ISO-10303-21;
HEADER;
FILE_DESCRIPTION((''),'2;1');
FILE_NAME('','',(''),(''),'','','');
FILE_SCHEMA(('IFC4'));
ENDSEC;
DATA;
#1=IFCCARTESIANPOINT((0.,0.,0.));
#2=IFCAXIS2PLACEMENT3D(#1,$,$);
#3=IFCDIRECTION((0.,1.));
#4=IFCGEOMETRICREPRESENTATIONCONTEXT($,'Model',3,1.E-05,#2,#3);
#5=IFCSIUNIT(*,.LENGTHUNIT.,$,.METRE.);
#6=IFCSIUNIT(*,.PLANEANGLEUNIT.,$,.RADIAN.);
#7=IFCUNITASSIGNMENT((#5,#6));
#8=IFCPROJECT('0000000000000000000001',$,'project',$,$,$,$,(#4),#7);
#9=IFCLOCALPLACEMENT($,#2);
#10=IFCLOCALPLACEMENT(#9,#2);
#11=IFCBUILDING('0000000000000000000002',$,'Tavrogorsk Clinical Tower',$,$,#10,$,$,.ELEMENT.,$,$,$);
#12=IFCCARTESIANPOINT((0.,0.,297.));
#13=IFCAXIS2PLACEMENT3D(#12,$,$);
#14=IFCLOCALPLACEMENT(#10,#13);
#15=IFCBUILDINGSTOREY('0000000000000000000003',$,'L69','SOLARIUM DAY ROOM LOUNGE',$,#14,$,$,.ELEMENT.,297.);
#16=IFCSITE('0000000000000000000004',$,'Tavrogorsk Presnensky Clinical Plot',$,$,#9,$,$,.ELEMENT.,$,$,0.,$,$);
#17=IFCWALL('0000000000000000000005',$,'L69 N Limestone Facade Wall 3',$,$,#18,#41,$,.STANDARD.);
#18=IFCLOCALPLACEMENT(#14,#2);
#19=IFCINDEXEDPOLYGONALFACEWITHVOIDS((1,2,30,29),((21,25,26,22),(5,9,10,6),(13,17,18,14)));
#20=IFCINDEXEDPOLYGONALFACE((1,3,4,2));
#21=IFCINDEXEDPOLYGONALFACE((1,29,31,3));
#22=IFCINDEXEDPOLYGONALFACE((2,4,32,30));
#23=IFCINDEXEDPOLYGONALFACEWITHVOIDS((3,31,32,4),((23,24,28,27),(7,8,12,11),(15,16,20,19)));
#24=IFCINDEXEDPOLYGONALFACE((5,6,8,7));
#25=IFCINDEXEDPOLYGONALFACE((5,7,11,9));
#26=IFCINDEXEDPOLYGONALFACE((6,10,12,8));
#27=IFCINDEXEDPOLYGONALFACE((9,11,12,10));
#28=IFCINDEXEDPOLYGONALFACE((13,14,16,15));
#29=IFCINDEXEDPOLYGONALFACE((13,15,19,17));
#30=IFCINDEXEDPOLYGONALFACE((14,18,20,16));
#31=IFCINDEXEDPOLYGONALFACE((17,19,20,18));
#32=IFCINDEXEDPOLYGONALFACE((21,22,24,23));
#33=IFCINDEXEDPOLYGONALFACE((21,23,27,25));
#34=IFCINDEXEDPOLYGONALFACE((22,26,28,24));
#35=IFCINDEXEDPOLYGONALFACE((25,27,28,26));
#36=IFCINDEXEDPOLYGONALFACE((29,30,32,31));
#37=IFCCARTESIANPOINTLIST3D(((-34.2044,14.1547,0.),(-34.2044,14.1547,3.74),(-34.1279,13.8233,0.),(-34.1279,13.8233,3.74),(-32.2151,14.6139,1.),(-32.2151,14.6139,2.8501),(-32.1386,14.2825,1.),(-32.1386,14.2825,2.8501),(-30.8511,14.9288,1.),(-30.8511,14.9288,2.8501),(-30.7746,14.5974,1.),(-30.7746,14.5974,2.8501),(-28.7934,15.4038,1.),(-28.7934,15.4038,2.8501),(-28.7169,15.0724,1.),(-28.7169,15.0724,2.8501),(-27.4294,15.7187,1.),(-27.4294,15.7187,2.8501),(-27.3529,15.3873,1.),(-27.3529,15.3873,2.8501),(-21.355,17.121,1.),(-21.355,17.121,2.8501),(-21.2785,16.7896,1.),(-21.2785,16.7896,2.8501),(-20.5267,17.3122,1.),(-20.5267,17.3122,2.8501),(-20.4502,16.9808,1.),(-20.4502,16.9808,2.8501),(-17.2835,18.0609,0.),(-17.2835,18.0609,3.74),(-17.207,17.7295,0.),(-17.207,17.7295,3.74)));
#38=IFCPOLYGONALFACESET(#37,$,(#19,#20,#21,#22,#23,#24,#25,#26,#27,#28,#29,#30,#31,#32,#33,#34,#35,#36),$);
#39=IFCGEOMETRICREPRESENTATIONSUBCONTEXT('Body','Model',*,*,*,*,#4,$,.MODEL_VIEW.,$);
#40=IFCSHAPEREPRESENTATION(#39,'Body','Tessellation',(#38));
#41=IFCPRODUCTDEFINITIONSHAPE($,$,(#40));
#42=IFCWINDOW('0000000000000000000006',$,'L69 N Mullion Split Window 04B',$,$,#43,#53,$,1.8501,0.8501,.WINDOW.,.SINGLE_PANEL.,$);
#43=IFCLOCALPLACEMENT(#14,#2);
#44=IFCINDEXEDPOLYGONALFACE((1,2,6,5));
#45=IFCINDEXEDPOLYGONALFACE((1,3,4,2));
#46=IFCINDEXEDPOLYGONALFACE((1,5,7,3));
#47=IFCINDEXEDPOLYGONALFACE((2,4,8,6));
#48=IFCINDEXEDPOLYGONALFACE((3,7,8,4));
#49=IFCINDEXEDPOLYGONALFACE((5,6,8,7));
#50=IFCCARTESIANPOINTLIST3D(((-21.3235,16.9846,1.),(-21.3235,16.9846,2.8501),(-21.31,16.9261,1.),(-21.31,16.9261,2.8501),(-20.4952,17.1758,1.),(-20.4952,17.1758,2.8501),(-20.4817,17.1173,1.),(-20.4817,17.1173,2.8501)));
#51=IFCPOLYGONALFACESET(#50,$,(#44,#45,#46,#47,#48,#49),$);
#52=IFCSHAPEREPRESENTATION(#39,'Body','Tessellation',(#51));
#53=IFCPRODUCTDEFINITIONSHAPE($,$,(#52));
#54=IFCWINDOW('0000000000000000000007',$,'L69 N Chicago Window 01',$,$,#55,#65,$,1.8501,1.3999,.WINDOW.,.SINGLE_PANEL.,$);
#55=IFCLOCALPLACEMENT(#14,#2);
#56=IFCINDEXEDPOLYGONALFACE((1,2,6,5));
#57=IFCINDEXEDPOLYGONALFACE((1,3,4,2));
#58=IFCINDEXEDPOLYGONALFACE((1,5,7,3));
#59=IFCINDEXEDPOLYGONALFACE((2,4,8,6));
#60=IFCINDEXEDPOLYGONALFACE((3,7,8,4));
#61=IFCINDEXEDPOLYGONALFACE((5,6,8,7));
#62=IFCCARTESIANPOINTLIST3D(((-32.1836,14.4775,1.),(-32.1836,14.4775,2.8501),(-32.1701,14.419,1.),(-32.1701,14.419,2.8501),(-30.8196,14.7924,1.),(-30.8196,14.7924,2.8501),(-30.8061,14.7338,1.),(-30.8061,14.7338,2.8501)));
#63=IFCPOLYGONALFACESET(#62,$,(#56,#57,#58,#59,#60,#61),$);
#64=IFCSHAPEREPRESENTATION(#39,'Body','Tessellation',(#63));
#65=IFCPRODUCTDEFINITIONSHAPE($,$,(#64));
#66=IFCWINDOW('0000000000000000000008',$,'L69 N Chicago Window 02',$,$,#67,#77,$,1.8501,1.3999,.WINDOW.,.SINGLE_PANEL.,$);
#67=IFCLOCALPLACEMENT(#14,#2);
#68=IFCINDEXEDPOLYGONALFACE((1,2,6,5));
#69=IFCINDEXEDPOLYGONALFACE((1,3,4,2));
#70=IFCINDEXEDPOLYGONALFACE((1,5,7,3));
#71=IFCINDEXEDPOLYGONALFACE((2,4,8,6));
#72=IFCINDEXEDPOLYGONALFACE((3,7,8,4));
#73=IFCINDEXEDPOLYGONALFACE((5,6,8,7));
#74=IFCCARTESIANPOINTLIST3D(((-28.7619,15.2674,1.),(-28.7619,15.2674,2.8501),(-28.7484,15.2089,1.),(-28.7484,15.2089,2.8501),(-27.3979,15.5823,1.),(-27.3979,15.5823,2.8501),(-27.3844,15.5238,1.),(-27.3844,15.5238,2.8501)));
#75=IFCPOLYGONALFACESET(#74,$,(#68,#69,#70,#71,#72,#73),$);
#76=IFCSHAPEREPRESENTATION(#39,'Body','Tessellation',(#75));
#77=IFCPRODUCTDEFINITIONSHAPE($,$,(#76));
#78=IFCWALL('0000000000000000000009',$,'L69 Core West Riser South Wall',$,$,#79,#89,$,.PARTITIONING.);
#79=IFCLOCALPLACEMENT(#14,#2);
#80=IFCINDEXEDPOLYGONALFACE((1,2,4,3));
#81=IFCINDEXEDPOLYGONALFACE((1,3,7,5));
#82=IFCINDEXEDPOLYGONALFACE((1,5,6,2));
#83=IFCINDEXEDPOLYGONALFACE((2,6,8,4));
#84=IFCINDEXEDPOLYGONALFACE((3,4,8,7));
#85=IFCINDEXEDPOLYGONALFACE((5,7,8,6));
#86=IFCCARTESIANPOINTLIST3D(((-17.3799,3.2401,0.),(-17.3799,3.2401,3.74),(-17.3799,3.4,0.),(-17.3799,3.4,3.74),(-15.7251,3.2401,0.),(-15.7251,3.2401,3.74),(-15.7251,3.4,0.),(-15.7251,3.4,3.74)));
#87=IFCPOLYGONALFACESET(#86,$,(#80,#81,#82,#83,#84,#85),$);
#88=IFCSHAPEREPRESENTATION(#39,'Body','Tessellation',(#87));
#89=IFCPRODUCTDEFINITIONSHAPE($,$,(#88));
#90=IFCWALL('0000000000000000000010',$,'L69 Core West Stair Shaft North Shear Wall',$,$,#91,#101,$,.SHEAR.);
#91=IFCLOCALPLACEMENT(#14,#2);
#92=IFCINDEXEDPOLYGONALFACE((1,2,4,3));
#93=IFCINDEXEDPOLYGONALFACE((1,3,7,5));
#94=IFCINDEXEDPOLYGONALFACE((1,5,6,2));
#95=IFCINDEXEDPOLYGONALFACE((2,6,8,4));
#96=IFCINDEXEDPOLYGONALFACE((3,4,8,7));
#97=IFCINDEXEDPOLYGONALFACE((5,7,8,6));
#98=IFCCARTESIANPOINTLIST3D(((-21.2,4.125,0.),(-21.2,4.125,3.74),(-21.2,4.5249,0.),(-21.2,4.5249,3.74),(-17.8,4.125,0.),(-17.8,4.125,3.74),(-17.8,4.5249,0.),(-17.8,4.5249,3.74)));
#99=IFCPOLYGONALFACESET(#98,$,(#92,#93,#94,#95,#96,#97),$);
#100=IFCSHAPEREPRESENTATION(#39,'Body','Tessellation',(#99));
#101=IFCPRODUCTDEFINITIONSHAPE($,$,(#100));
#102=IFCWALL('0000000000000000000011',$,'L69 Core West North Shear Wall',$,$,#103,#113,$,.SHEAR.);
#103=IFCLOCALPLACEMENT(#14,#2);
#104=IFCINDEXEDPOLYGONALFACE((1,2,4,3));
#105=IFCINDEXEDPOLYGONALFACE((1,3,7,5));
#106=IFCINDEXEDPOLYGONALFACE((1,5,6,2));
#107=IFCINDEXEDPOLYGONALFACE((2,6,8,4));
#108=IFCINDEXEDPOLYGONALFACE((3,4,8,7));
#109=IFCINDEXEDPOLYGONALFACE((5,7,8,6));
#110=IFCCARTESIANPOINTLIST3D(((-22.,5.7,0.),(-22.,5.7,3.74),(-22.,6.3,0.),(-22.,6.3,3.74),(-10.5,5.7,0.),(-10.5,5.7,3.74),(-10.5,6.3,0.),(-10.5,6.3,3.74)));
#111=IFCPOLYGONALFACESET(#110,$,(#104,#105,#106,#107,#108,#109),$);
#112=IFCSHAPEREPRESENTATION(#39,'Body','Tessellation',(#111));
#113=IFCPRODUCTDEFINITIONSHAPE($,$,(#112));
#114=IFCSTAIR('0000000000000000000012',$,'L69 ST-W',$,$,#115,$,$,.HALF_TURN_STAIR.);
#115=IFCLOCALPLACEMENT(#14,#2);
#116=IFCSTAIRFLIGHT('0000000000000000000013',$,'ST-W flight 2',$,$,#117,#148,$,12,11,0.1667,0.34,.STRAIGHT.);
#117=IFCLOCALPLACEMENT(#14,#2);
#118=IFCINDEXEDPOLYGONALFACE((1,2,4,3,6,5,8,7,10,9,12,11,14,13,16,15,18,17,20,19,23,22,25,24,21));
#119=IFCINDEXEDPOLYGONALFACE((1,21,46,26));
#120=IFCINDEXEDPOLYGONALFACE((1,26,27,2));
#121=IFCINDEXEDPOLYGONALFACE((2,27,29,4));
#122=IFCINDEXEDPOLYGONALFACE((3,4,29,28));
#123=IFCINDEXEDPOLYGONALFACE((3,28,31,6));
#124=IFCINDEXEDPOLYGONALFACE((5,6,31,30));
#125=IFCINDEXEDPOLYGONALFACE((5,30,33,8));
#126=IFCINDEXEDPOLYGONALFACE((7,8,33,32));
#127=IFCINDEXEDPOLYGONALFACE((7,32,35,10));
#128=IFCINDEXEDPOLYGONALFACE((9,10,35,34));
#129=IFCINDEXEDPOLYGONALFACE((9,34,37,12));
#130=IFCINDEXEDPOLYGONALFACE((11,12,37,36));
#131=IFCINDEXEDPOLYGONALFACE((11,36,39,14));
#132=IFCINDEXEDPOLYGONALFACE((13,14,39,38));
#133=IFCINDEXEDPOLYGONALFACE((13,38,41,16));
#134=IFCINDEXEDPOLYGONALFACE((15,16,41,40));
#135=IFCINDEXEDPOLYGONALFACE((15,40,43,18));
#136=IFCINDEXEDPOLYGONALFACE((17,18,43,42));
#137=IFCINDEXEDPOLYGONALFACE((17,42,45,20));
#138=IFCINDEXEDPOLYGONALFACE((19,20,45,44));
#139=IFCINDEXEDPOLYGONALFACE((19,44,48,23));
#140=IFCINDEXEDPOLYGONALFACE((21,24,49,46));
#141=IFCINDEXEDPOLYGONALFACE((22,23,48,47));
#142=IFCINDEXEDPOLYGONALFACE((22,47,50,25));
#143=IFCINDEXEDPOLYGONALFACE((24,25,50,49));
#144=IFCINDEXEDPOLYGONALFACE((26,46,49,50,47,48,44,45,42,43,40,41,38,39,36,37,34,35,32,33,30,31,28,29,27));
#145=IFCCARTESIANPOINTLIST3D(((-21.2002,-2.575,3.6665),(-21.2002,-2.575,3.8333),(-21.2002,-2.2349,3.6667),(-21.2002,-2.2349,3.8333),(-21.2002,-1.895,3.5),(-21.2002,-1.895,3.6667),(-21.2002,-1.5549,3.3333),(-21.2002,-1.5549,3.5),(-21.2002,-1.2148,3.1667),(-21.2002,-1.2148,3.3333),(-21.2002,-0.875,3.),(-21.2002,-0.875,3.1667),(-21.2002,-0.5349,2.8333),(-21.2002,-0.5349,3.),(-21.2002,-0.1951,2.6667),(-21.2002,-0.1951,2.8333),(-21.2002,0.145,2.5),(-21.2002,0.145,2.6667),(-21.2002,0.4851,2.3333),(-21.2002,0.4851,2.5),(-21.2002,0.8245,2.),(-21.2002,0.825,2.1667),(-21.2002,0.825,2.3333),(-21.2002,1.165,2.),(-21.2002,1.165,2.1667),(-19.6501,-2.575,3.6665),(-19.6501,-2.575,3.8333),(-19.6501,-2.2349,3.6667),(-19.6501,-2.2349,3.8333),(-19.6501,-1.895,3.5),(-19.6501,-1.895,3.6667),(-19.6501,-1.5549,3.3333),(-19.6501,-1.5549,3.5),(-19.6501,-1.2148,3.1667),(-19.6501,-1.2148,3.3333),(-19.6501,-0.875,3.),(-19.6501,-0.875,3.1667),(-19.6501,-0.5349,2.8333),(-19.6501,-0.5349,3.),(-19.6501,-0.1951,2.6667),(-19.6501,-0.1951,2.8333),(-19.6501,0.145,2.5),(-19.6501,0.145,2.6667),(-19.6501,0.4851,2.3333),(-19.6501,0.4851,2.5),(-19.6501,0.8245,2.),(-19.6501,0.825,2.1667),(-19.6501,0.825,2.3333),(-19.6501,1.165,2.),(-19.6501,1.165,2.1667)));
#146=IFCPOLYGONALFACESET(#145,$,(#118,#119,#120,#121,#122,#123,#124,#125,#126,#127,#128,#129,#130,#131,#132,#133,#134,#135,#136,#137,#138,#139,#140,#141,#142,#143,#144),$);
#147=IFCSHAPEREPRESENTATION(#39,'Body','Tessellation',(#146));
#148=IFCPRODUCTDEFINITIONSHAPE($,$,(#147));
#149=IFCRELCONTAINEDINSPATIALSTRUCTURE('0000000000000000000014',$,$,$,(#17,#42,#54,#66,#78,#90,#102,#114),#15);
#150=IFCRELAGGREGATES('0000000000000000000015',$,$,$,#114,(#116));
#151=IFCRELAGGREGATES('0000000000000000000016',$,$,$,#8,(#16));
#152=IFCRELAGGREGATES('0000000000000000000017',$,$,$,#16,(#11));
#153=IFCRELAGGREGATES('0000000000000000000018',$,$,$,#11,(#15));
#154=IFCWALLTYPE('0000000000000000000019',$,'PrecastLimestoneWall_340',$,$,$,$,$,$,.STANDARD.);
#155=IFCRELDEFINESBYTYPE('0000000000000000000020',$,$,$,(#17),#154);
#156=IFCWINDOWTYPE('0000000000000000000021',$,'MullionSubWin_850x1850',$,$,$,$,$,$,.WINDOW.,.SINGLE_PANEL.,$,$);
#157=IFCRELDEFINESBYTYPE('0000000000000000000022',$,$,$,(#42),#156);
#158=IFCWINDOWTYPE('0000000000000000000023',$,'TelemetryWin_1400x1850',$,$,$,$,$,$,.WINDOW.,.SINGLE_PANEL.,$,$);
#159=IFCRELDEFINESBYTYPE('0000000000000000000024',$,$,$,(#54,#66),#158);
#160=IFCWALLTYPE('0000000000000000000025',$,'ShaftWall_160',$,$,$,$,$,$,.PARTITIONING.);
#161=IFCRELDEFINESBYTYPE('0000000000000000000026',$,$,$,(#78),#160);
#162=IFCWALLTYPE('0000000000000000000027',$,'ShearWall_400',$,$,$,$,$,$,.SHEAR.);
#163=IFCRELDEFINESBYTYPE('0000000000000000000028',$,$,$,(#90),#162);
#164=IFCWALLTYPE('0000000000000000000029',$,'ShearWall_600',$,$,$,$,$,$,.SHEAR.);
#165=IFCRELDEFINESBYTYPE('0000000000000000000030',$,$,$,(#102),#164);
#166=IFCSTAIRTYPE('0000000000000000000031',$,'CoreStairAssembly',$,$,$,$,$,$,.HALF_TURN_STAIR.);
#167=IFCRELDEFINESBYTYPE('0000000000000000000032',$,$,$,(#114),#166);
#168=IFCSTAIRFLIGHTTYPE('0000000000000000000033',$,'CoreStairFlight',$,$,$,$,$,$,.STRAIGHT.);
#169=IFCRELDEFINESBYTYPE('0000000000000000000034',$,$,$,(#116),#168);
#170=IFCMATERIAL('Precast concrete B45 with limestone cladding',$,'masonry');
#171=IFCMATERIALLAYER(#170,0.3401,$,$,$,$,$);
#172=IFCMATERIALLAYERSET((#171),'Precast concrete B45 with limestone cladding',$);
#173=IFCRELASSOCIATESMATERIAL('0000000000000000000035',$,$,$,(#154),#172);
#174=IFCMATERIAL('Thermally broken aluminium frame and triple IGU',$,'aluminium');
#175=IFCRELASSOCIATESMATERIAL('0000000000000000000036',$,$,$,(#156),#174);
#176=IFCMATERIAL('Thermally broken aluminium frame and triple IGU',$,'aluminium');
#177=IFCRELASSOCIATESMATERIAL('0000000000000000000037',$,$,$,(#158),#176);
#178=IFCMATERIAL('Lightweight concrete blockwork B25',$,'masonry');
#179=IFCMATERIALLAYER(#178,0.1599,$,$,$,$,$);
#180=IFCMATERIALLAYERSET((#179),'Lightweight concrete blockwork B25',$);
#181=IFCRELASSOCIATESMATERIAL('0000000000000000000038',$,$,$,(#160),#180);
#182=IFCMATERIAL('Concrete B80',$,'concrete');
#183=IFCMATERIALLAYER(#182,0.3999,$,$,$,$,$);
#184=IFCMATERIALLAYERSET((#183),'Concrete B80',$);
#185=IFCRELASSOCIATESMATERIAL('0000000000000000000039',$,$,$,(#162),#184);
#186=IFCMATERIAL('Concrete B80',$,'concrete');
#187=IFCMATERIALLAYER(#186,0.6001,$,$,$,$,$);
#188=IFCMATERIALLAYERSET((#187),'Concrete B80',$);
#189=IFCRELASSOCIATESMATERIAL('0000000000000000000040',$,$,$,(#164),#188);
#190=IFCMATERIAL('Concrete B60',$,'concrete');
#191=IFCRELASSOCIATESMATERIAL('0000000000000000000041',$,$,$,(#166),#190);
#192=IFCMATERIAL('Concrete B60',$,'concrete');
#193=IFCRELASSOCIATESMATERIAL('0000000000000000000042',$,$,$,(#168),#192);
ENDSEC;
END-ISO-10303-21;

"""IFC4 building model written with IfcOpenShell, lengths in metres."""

from ifc_helpers import new_model, si_unit, direction, frame, frame_2d, origin, place, context, subcontext, project, spatial, polyline, rectangle, outline, extrude, material, layer, layer_set, type_object, element, fill, aggregate, save


model = new_model("IFC4")

# Units and contexts
model_context = context("Model", 3, precision=1e-05, world=origin(), true_north=direction((0.0, 1.0)))
body_context = subcontext(model_context, "Body", "Model", "MODEL_VIEW")
ifc_project = project(units=[si_unit("LENGTHUNIT", "METRE"), si_unit("PLANEANGLEUNIT", "RADIAN")], contexts=[model_context])

# Site, building, storey
site_placement = place(None, origin())
site = spatial("IfcSite", under=ifc_project, at=site_placement, Name="Tavrogorsk Presnensky Clinical Plot", CompositionType="ELEMENT", RefElevation=0.0)
building_placement = place(site_placement, origin())
building = spatial("IfcBuilding", under=site, at=building_placement, Name="Tavrogorsk Clinical Tower", CompositionType="ELEMENT")
storey_placement = place(building_placement, frame((0.0, 0.0, 297.0)))
storey = spatial("IfcBuildingStorey", under=building, at=storey_placement, Name="L69", Description="SOLARIUM DAY ROOM LOUNGE", CompositionType="ELEMENT", Elevation=297.0)

# Wall, openings, windows
ifc_material_1 = material(Name="Precast concrete B45 with limestone cladding", Category="masonry")
ifc_layer_1 = layer(ifc_material_1, 0.3401)
ifc_layer_set_1 = layer_set([ifc_layer_1], Name="Precast concrete B45 with limestone cladding")
wall_type_1 = type_object("IfcWallType", Name="PrecastLimestoneWall_340", PredefinedType="STANDARD", material=ifc_layer_set_1)
wall_1_placement = place(storey_placement, frame((-17.2451, 17.8953, 0.0), z_axis=(0.0, 0.0, 1.0), x_axis=(-0.974373, -0.224938, 0.0)))
wall_1 = element("IfcWall", 1, at=wall_1_placement, inside=storey, type_object=wall_type_1, Name="L69 N Limestone Facade Wall 3", PredefinedType="STANDARD", context=body_context, shape_type="SweptSolid", body=[
    extrude(rectangle(XDim=17.366, YDim=0.3401, at=frame_2d((8.6831, 0.0))), origin(), (0.0, 0.0, 1.0), 3.74),
])
opening_1_placement = place(wall_1_placement, frame((13.9246, 0.0, 1.0)))
opening_1 = element("IfcOpeningElement", 2, at=opening_1_placement, cuts=wall_1, PredefinedType="OPENING", context=body_context, shape_type="SweptSolid", body=[
    extrude(rectangle(XDim=1.3999, YDim=1.8501, at=frame_2d((0.7, 0.925))), frame((0.0, 0.1799, 0.0), z_axis=(0.0, -1.0, 0.0), x_axis=(1.0, 0.0, 0.0)), (0.0, 0.0, 1.0), 0.3601),
])
opening_2_placement = place(wall_1_placement, frame((10.4128, 0.0, 1.0)))
opening_2 = element("IfcOpeningElement", 3, at=opening_2_placement, cuts=wall_1, PredefinedType="OPENING", context=body_context, shape_type="SweptSolid", body=[
    extrude(rectangle(XDim=1.3999, YDim=1.8501, at=frame_2d((0.7, 0.925))), frame((0.0, 0.1799, 0.0), z_axis=(0.0, -1.0, 0.0), x_axis=(1.0, 0.0, 0.0)), (0.0, 0.0, 1.0), 0.3601),
])
opening_3_placement = place(wall_1_placement, frame((3.3286, 0.0, 1.0)))
opening_3 = element("IfcOpeningElement", 4, at=opening_3_placement, cuts=wall_1, PredefinedType="OPENING", context=body_context, shape_type="SweptSolid", body=[
    extrude(rectangle(XDim=0.8501, YDim=1.8501, at=frame_2d((0.425, 0.925))), frame((0.0, 0.1799, 0.0), z_axis=(0.0, -1.0, 0.0), x_axis=(1.0, 0.0, 0.0)), (0.0, 0.0, 1.0), 0.3601),
])
ifc_material_2 = material(Name="Thermally broken aluminium frame and triple IGU", Category="aluminium")
window_type_1 = type_object("IfcWindowType", Name="MullionSubWin_850x1850", PartitioningType="SINGLE_PANEL", PredefinedType="WINDOW", material=ifc_material_2)
window_1_placement = place(opening_3_placement, origin())
window_1 = element("IfcWindow", 5, at=window_1_placement, inside=storey, type_object=window_type_1, Name="L69 N Mullion Split Window 04B", OverallHeight=1.8501, OverallWidth=0.8501, PartitioningType="SINGLE_PANEL", PredefinedType="WINDOW", context=body_context, shape_type="SweptSolid", body=[
    extrude(rectangle(XDim=0.8501, YDim=1.8501, at=frame_2d((0.425, 0.925))), frame((0.0, 0.03, 0.0), z_axis=(0.0, -1.0, 0.0), x_axis=(1.0, 0.0, 0.0)), (0.0, 0.0, 1.0), 0.0601),
])
fill(opening_3, window_1)
ifc_material_3 = material(Name="Thermally broken aluminium frame and triple IGU", Category="aluminium")
window_type_2 = type_object("IfcWindowType", Name="TelemetryWin_1400x1850", PartitioningType="SINGLE_PANEL", PredefinedType="WINDOW", material=ifc_material_3)
window_2_placement = place(opening_1_placement, origin())
window_2 = element("IfcWindow", 6, at=window_2_placement, inside=storey, type_object=window_type_2, Name="L69 N Chicago Window 01", OverallHeight=1.8501, OverallWidth=1.3999, PartitioningType="SINGLE_PANEL", PredefinedType="WINDOW", context=body_context, shape_type="SweptSolid", body=[
    extrude(rectangle(XDim=1.3999, YDim=1.8501, at=frame_2d((0.7, 0.925))), frame((0.0, 0.03, 0.0), z_axis=(0.0, -1.0, 0.0), x_axis=(1.0, 0.0, 0.0)), (0.0, 0.0, 1.0), 0.0601),
])
fill(opening_1, window_2)
window_3_placement = place(opening_2_placement, origin())
window_3 = element("IfcWindow", 7, at=window_3_placement, inside=storey, type_object=window_type_2, Name="L69 N Chicago Window 02", OverallHeight=1.8501, OverallWidth=1.3999, PartitioningType="SINGLE_PANEL", PredefinedType="WINDOW", context=body_context, shape_type="SweptSolid", body=[
    extrude(rectangle(XDim=1.3999, YDim=1.8501, at=frame_2d((0.7, 0.925))), frame((0.0, 0.03, 0.0), z_axis=(0.0, -1.0, 0.0), x_axis=(1.0, 0.0, 0.0)), (0.0, 0.0, 1.0), 0.0601),
])
fill(opening_2, window_3)

# Walls
ifc_material_4 = material(Name="Lightweight concrete blockwork B25", Category="masonry")
ifc_layer_2 = layer(ifc_material_4, 0.1599)
ifc_layer_set_2 = layer_set([ifc_layer_2], Name="Lightweight concrete blockwork B25")
wall_type_2 = type_object("IfcWallType", Name="ShaftWall_160", PredefinedType="PARTITIONING", material=ifc_layer_set_2)
wall_2_placement = place(storey_placement, frame((-17.3799, 3.3201, 0.0), z_axis=(0.0, 0.0, 1.0), x_axis=(1.0, 0.0, 0.0)))
element("IfcWall", 8, at=wall_2_placement, inside=storey, type_object=wall_type_2, Name="L69 Core West Riser South Wall", PredefinedType="PARTITIONING", context=body_context, shape_type="SweptSolid", body=[
    extrude(rectangle(XDim=1.6548, YDim=0.1599, at=frame_2d((0.8274, 0.0))), origin(), (0.0, 0.0, 1.0), 3.74),
])
ifc_material_5 = material(Name="Concrete B80", Category="concrete")
ifc_layer_3 = layer(ifc_material_5, 0.3999)
ifc_layer_set_3 = layer_set([ifc_layer_3], Name="Concrete B80")
wall_type_3 = type_object("IfcWallType", Name="ShearWall_400", PredefinedType="SHEAR", material=ifc_layer_set_3)
wall_3_placement = place(storey_placement, frame((-21.2, 4.325, 0.0), z_axis=(0.0, 0.0, 1.0), x_axis=(1.0, 0.0, 0.0)))
element("IfcWall", 9, at=wall_3_placement, inside=storey, type_object=wall_type_3, Name="L69 Core West Stair Shaft North Shear Wall", PredefinedType="SHEAR", context=body_context, shape_type="SweptSolid", body=[
    extrude(rectangle(XDim=3.3999, YDim=0.3999, at=frame_2d((1.7, 0.0))), origin(), (0.0, 0.0, 1.0), 3.74),
])
ifc_material_6 = material(Name="Concrete B80", Category="concrete")
ifc_layer_4 = layer(ifc_material_6, 0.6001)
ifc_layer_set_4 = layer_set([ifc_layer_4], Name="Concrete B80")
wall_type_4 = type_object("IfcWallType", Name="ShearWall_600", PredefinedType="SHEAR", material=ifc_layer_set_4)
wall_4_placement = place(storey_placement, frame((-22.0, 6.0, 0.0), z_axis=(0.0, 0.0, 1.0), x_axis=(1.0, 0.0, 0.0)))
element("IfcWall", 10, at=wall_4_placement, inside=storey, type_object=wall_type_4, Name="L69 Core West North Shear Wall", PredefinedType="SHEAR", context=body_context, shape_type="SweptSolid", body=[
    extrude(rectangle(XDim=11.5, YDim=0.6001, at=frame_2d((5.75, 0.0))), origin(), (0.0, 0.0, 1.0), 3.74),
])

# Stair, stair flight
ifc_material_7 = material(Name="Concrete B60", Category="concrete")
stair_type = type_object("IfcStairType", Name="CoreStairAssembly", PredefinedType="HALF_TURN_STAIR", material=ifc_material_7)
stair_placement = place(storey_placement, origin())
stair = element("IfcStair", 11, at=stair_placement, inside=storey, type_object=stair_type, Name="L69 ST-W", PredefinedType="HALF_TURN_STAIR")
ifc_material_8 = material(Name="Concrete B60", Category="concrete")
stair_flight_type = type_object("IfcStairFlightType", Name="CoreStairFlight", PredefinedType="STRAIGHT", material=ifc_material_8)
stair_flight_placement = place(storey_placement, frame((-20.425, 1.165, 2.0), z_axis=(0.0, 0.0, 1.0), x_axis=(0.0, -1.0, 0.0)))
stair_flight = element("IfcStairFlight", 12, at=stair_flight_placement, type_object=stair_flight_type, Name="ST-W flight 2", NumberOfRisers=12, NumberOfTreads=11, PredefinedType="STRAIGHT", RiserHeight=0.1667, TreadLength=0.34, context=body_context, shape_type="SweptSolid", body=[
    extrude(outline(polyline([(0.0, 0.0), (0.0, 0.1667), (0.3401, 0.1667), (0.3401, 0.3333), (0.6799, 0.3333), (0.6799, 0.5), (1.02, 0.5), (1.02, 0.6667), (1.3601, 0.6667), (1.3601, 0.8333), (1.7, 0.8333), (1.7, 1.0), (2.04, 1.0), (2.04, 1.1667), (2.3799, 1.1667), (2.3799, 1.3333), (2.72, 1.3333), (2.72, 1.5), (3.0601, 1.5), (3.0601, 1.6667), (3.3999, 1.6667), (3.3999, 1.8333), (3.74, 1.8333), (3.74, 2.0), (3.74, 1.6665), (0.3406, 0.0), (0.0, 0.0)])), frame((0.0, 0.7749, 0.0), z_axis=(0.0, -1.0, 0.0), x_axis=(1.0, 0.0, 0.0)), (0.0, 0.0, 1.0), 1.55),
])
aggregate(stair, [stair_flight])

save(model, "model.ifc")
